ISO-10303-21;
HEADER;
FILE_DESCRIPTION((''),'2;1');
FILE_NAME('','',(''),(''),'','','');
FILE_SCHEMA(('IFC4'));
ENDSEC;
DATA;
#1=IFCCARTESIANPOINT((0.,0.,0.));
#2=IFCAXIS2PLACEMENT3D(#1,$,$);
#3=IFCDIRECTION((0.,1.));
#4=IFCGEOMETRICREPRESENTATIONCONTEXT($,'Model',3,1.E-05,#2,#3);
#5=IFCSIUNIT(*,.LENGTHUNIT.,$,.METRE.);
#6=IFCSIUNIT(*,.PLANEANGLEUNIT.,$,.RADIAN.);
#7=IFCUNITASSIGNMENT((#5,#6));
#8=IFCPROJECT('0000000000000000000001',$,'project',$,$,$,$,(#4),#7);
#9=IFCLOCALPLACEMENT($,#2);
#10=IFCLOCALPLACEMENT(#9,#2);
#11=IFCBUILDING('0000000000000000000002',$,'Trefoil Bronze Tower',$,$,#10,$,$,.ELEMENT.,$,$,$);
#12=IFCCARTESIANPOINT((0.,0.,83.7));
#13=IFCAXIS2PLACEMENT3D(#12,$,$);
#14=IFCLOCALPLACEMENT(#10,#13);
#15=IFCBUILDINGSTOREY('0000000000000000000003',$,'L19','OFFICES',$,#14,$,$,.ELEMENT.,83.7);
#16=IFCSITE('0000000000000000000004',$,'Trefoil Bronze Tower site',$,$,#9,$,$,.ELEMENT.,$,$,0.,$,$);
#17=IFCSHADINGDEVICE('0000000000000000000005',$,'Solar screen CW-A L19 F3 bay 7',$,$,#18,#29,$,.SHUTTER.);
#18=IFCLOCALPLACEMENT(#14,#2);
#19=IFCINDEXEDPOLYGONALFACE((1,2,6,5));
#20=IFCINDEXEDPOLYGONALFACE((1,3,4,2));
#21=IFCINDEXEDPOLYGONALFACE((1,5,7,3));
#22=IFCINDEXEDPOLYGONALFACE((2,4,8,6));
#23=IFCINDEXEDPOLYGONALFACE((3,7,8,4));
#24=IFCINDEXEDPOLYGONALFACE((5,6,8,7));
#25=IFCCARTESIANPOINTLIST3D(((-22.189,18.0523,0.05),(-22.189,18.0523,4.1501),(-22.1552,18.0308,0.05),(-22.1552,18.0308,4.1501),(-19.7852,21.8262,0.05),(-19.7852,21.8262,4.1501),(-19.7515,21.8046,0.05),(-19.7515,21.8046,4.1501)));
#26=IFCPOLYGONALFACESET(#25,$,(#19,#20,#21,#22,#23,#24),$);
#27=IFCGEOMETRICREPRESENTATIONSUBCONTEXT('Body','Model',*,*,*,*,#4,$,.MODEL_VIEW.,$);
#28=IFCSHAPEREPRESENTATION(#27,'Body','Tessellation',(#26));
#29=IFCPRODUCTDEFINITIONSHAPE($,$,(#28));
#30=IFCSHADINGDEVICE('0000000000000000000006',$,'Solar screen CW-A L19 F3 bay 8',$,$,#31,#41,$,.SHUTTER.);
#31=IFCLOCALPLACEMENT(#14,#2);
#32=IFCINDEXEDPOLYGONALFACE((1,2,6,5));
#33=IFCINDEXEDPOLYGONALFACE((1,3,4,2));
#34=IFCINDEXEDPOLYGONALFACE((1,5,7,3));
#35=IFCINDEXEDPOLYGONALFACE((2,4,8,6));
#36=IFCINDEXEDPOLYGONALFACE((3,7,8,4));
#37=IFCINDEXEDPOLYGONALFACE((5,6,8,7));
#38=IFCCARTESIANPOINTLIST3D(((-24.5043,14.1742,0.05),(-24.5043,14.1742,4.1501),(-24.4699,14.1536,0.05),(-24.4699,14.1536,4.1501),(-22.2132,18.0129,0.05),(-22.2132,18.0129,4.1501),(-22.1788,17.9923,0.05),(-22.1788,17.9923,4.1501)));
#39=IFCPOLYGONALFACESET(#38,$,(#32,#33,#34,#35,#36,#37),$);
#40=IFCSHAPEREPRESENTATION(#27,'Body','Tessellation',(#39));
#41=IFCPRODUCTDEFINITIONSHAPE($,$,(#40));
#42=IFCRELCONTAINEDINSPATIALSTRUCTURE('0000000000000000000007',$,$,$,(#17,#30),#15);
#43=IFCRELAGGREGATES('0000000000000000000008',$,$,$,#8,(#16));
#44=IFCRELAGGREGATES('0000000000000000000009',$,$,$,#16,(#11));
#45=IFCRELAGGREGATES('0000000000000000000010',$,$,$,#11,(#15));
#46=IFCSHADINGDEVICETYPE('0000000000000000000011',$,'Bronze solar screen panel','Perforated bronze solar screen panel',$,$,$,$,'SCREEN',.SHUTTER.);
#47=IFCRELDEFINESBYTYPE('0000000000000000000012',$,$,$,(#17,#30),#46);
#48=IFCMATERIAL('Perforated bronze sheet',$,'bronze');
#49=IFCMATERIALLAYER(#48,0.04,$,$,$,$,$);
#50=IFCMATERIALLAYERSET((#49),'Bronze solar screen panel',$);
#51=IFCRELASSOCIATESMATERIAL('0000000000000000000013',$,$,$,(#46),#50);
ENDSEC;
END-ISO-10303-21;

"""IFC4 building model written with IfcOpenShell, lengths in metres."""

from ifc_helpers import new_model, si_unit, direction, frame, origin, origin_2d, place, context, subcontext, project, spatial, rectangle, extrude, material, layer, layer_set, type_object, element, save


model = new_model("IFC4")

# Units and contexts
model_context = context("Model", 3, precision=1e-05, world=origin(), true_north=direction((0.0, 1.0)))
body_context = subcontext(model_context, "Body", "Model", "MODEL_VIEW")
ifc_project = project(units=[si_unit("LENGTHUNIT", "METRE"), si_unit("PLANEANGLEUNIT", "RADIAN")], contexts=[model_context])

# Site, building, storey
site_placement = place(None, origin())
site = spatial("IfcSite", under=ifc_project, at=site_placement, Name="Trefoil Bronze Tower site", CompositionType="ELEMENT", RefElevation=0.0)
building_placement = place(site_placement, origin())
building = spatial("IfcBuilding", under=site, at=building_placement, Name="Trefoil Bronze Tower", CompositionType="ELEMENT")
storey_placement = place(building_placement, frame((0.0, 0.0, 83.7)))
storey = spatial("IfcBuildingStorey", under=building, at=storey_placement, Name="L19", Description="OFFICES", CompositionType="ELEMENT", Elevation=83.7)

# Shading devices
ifc_material_1 = material(Name="Perforated bronze sheet", Category="bronze")
ifc_layer_1 = layer(ifc_material_1, 0.04)
ifc_layer_set_1 = layer_set([ifc_layer_1], Name="Bronze solar screen panel")
shading_device_type = type_object("IfcShadingDeviceType", Name="Bronze solar screen panel", Description="Perforated bronze solar screen panel", ElementType="SCREEN", PredefinedType="SHUTTER", material=ifc_layer_set_1)
shading_device_1_placement = place(storey_placement, frame((-20.9702, 19.9285, 0.05), z_axis=(0.0, 0.0, 1.0), x_axis=(-0.537222, -0.843441, 0.0)))
element("IfcShadingDevice", 1, at=shading_device_1_placement, inside=storey, type_object=shading_device_type, Name="Solar screen CW-A L19 F3 bay 7", PredefinedType="SHUTTER", context=body_context, shape_type="SweptSolid", body=[
    extrude(rectangle(XDim=4.4744, YDim=0.04, at=origin_2d()), origin(), (0.0, 0.0, 1.0), 4.1001),
])
shading_device_2_placement = place(storey_placement, frame((-23.3416, 16.0833, 0.05), z_axis=(0.0, 0.0, 1.0), x_axis=(-0.512513, -0.85868, 0.0)))
element("IfcShadingDevice", 2, at=shading_device_2_placement, inside=storey, type_object=shading_device_type, Name="Solar screen CW-A L19 F3 bay 8", PredefinedType="SHUTTER", context=body_context, shape_type="SweptSolid", body=[
    extrude(rectangle(XDim=4.4705, YDim=0.04, at=origin_2d()), origin(), (0.0, 0.0, 1.0), 4.1001),
])

save(model, "model.ifc")
